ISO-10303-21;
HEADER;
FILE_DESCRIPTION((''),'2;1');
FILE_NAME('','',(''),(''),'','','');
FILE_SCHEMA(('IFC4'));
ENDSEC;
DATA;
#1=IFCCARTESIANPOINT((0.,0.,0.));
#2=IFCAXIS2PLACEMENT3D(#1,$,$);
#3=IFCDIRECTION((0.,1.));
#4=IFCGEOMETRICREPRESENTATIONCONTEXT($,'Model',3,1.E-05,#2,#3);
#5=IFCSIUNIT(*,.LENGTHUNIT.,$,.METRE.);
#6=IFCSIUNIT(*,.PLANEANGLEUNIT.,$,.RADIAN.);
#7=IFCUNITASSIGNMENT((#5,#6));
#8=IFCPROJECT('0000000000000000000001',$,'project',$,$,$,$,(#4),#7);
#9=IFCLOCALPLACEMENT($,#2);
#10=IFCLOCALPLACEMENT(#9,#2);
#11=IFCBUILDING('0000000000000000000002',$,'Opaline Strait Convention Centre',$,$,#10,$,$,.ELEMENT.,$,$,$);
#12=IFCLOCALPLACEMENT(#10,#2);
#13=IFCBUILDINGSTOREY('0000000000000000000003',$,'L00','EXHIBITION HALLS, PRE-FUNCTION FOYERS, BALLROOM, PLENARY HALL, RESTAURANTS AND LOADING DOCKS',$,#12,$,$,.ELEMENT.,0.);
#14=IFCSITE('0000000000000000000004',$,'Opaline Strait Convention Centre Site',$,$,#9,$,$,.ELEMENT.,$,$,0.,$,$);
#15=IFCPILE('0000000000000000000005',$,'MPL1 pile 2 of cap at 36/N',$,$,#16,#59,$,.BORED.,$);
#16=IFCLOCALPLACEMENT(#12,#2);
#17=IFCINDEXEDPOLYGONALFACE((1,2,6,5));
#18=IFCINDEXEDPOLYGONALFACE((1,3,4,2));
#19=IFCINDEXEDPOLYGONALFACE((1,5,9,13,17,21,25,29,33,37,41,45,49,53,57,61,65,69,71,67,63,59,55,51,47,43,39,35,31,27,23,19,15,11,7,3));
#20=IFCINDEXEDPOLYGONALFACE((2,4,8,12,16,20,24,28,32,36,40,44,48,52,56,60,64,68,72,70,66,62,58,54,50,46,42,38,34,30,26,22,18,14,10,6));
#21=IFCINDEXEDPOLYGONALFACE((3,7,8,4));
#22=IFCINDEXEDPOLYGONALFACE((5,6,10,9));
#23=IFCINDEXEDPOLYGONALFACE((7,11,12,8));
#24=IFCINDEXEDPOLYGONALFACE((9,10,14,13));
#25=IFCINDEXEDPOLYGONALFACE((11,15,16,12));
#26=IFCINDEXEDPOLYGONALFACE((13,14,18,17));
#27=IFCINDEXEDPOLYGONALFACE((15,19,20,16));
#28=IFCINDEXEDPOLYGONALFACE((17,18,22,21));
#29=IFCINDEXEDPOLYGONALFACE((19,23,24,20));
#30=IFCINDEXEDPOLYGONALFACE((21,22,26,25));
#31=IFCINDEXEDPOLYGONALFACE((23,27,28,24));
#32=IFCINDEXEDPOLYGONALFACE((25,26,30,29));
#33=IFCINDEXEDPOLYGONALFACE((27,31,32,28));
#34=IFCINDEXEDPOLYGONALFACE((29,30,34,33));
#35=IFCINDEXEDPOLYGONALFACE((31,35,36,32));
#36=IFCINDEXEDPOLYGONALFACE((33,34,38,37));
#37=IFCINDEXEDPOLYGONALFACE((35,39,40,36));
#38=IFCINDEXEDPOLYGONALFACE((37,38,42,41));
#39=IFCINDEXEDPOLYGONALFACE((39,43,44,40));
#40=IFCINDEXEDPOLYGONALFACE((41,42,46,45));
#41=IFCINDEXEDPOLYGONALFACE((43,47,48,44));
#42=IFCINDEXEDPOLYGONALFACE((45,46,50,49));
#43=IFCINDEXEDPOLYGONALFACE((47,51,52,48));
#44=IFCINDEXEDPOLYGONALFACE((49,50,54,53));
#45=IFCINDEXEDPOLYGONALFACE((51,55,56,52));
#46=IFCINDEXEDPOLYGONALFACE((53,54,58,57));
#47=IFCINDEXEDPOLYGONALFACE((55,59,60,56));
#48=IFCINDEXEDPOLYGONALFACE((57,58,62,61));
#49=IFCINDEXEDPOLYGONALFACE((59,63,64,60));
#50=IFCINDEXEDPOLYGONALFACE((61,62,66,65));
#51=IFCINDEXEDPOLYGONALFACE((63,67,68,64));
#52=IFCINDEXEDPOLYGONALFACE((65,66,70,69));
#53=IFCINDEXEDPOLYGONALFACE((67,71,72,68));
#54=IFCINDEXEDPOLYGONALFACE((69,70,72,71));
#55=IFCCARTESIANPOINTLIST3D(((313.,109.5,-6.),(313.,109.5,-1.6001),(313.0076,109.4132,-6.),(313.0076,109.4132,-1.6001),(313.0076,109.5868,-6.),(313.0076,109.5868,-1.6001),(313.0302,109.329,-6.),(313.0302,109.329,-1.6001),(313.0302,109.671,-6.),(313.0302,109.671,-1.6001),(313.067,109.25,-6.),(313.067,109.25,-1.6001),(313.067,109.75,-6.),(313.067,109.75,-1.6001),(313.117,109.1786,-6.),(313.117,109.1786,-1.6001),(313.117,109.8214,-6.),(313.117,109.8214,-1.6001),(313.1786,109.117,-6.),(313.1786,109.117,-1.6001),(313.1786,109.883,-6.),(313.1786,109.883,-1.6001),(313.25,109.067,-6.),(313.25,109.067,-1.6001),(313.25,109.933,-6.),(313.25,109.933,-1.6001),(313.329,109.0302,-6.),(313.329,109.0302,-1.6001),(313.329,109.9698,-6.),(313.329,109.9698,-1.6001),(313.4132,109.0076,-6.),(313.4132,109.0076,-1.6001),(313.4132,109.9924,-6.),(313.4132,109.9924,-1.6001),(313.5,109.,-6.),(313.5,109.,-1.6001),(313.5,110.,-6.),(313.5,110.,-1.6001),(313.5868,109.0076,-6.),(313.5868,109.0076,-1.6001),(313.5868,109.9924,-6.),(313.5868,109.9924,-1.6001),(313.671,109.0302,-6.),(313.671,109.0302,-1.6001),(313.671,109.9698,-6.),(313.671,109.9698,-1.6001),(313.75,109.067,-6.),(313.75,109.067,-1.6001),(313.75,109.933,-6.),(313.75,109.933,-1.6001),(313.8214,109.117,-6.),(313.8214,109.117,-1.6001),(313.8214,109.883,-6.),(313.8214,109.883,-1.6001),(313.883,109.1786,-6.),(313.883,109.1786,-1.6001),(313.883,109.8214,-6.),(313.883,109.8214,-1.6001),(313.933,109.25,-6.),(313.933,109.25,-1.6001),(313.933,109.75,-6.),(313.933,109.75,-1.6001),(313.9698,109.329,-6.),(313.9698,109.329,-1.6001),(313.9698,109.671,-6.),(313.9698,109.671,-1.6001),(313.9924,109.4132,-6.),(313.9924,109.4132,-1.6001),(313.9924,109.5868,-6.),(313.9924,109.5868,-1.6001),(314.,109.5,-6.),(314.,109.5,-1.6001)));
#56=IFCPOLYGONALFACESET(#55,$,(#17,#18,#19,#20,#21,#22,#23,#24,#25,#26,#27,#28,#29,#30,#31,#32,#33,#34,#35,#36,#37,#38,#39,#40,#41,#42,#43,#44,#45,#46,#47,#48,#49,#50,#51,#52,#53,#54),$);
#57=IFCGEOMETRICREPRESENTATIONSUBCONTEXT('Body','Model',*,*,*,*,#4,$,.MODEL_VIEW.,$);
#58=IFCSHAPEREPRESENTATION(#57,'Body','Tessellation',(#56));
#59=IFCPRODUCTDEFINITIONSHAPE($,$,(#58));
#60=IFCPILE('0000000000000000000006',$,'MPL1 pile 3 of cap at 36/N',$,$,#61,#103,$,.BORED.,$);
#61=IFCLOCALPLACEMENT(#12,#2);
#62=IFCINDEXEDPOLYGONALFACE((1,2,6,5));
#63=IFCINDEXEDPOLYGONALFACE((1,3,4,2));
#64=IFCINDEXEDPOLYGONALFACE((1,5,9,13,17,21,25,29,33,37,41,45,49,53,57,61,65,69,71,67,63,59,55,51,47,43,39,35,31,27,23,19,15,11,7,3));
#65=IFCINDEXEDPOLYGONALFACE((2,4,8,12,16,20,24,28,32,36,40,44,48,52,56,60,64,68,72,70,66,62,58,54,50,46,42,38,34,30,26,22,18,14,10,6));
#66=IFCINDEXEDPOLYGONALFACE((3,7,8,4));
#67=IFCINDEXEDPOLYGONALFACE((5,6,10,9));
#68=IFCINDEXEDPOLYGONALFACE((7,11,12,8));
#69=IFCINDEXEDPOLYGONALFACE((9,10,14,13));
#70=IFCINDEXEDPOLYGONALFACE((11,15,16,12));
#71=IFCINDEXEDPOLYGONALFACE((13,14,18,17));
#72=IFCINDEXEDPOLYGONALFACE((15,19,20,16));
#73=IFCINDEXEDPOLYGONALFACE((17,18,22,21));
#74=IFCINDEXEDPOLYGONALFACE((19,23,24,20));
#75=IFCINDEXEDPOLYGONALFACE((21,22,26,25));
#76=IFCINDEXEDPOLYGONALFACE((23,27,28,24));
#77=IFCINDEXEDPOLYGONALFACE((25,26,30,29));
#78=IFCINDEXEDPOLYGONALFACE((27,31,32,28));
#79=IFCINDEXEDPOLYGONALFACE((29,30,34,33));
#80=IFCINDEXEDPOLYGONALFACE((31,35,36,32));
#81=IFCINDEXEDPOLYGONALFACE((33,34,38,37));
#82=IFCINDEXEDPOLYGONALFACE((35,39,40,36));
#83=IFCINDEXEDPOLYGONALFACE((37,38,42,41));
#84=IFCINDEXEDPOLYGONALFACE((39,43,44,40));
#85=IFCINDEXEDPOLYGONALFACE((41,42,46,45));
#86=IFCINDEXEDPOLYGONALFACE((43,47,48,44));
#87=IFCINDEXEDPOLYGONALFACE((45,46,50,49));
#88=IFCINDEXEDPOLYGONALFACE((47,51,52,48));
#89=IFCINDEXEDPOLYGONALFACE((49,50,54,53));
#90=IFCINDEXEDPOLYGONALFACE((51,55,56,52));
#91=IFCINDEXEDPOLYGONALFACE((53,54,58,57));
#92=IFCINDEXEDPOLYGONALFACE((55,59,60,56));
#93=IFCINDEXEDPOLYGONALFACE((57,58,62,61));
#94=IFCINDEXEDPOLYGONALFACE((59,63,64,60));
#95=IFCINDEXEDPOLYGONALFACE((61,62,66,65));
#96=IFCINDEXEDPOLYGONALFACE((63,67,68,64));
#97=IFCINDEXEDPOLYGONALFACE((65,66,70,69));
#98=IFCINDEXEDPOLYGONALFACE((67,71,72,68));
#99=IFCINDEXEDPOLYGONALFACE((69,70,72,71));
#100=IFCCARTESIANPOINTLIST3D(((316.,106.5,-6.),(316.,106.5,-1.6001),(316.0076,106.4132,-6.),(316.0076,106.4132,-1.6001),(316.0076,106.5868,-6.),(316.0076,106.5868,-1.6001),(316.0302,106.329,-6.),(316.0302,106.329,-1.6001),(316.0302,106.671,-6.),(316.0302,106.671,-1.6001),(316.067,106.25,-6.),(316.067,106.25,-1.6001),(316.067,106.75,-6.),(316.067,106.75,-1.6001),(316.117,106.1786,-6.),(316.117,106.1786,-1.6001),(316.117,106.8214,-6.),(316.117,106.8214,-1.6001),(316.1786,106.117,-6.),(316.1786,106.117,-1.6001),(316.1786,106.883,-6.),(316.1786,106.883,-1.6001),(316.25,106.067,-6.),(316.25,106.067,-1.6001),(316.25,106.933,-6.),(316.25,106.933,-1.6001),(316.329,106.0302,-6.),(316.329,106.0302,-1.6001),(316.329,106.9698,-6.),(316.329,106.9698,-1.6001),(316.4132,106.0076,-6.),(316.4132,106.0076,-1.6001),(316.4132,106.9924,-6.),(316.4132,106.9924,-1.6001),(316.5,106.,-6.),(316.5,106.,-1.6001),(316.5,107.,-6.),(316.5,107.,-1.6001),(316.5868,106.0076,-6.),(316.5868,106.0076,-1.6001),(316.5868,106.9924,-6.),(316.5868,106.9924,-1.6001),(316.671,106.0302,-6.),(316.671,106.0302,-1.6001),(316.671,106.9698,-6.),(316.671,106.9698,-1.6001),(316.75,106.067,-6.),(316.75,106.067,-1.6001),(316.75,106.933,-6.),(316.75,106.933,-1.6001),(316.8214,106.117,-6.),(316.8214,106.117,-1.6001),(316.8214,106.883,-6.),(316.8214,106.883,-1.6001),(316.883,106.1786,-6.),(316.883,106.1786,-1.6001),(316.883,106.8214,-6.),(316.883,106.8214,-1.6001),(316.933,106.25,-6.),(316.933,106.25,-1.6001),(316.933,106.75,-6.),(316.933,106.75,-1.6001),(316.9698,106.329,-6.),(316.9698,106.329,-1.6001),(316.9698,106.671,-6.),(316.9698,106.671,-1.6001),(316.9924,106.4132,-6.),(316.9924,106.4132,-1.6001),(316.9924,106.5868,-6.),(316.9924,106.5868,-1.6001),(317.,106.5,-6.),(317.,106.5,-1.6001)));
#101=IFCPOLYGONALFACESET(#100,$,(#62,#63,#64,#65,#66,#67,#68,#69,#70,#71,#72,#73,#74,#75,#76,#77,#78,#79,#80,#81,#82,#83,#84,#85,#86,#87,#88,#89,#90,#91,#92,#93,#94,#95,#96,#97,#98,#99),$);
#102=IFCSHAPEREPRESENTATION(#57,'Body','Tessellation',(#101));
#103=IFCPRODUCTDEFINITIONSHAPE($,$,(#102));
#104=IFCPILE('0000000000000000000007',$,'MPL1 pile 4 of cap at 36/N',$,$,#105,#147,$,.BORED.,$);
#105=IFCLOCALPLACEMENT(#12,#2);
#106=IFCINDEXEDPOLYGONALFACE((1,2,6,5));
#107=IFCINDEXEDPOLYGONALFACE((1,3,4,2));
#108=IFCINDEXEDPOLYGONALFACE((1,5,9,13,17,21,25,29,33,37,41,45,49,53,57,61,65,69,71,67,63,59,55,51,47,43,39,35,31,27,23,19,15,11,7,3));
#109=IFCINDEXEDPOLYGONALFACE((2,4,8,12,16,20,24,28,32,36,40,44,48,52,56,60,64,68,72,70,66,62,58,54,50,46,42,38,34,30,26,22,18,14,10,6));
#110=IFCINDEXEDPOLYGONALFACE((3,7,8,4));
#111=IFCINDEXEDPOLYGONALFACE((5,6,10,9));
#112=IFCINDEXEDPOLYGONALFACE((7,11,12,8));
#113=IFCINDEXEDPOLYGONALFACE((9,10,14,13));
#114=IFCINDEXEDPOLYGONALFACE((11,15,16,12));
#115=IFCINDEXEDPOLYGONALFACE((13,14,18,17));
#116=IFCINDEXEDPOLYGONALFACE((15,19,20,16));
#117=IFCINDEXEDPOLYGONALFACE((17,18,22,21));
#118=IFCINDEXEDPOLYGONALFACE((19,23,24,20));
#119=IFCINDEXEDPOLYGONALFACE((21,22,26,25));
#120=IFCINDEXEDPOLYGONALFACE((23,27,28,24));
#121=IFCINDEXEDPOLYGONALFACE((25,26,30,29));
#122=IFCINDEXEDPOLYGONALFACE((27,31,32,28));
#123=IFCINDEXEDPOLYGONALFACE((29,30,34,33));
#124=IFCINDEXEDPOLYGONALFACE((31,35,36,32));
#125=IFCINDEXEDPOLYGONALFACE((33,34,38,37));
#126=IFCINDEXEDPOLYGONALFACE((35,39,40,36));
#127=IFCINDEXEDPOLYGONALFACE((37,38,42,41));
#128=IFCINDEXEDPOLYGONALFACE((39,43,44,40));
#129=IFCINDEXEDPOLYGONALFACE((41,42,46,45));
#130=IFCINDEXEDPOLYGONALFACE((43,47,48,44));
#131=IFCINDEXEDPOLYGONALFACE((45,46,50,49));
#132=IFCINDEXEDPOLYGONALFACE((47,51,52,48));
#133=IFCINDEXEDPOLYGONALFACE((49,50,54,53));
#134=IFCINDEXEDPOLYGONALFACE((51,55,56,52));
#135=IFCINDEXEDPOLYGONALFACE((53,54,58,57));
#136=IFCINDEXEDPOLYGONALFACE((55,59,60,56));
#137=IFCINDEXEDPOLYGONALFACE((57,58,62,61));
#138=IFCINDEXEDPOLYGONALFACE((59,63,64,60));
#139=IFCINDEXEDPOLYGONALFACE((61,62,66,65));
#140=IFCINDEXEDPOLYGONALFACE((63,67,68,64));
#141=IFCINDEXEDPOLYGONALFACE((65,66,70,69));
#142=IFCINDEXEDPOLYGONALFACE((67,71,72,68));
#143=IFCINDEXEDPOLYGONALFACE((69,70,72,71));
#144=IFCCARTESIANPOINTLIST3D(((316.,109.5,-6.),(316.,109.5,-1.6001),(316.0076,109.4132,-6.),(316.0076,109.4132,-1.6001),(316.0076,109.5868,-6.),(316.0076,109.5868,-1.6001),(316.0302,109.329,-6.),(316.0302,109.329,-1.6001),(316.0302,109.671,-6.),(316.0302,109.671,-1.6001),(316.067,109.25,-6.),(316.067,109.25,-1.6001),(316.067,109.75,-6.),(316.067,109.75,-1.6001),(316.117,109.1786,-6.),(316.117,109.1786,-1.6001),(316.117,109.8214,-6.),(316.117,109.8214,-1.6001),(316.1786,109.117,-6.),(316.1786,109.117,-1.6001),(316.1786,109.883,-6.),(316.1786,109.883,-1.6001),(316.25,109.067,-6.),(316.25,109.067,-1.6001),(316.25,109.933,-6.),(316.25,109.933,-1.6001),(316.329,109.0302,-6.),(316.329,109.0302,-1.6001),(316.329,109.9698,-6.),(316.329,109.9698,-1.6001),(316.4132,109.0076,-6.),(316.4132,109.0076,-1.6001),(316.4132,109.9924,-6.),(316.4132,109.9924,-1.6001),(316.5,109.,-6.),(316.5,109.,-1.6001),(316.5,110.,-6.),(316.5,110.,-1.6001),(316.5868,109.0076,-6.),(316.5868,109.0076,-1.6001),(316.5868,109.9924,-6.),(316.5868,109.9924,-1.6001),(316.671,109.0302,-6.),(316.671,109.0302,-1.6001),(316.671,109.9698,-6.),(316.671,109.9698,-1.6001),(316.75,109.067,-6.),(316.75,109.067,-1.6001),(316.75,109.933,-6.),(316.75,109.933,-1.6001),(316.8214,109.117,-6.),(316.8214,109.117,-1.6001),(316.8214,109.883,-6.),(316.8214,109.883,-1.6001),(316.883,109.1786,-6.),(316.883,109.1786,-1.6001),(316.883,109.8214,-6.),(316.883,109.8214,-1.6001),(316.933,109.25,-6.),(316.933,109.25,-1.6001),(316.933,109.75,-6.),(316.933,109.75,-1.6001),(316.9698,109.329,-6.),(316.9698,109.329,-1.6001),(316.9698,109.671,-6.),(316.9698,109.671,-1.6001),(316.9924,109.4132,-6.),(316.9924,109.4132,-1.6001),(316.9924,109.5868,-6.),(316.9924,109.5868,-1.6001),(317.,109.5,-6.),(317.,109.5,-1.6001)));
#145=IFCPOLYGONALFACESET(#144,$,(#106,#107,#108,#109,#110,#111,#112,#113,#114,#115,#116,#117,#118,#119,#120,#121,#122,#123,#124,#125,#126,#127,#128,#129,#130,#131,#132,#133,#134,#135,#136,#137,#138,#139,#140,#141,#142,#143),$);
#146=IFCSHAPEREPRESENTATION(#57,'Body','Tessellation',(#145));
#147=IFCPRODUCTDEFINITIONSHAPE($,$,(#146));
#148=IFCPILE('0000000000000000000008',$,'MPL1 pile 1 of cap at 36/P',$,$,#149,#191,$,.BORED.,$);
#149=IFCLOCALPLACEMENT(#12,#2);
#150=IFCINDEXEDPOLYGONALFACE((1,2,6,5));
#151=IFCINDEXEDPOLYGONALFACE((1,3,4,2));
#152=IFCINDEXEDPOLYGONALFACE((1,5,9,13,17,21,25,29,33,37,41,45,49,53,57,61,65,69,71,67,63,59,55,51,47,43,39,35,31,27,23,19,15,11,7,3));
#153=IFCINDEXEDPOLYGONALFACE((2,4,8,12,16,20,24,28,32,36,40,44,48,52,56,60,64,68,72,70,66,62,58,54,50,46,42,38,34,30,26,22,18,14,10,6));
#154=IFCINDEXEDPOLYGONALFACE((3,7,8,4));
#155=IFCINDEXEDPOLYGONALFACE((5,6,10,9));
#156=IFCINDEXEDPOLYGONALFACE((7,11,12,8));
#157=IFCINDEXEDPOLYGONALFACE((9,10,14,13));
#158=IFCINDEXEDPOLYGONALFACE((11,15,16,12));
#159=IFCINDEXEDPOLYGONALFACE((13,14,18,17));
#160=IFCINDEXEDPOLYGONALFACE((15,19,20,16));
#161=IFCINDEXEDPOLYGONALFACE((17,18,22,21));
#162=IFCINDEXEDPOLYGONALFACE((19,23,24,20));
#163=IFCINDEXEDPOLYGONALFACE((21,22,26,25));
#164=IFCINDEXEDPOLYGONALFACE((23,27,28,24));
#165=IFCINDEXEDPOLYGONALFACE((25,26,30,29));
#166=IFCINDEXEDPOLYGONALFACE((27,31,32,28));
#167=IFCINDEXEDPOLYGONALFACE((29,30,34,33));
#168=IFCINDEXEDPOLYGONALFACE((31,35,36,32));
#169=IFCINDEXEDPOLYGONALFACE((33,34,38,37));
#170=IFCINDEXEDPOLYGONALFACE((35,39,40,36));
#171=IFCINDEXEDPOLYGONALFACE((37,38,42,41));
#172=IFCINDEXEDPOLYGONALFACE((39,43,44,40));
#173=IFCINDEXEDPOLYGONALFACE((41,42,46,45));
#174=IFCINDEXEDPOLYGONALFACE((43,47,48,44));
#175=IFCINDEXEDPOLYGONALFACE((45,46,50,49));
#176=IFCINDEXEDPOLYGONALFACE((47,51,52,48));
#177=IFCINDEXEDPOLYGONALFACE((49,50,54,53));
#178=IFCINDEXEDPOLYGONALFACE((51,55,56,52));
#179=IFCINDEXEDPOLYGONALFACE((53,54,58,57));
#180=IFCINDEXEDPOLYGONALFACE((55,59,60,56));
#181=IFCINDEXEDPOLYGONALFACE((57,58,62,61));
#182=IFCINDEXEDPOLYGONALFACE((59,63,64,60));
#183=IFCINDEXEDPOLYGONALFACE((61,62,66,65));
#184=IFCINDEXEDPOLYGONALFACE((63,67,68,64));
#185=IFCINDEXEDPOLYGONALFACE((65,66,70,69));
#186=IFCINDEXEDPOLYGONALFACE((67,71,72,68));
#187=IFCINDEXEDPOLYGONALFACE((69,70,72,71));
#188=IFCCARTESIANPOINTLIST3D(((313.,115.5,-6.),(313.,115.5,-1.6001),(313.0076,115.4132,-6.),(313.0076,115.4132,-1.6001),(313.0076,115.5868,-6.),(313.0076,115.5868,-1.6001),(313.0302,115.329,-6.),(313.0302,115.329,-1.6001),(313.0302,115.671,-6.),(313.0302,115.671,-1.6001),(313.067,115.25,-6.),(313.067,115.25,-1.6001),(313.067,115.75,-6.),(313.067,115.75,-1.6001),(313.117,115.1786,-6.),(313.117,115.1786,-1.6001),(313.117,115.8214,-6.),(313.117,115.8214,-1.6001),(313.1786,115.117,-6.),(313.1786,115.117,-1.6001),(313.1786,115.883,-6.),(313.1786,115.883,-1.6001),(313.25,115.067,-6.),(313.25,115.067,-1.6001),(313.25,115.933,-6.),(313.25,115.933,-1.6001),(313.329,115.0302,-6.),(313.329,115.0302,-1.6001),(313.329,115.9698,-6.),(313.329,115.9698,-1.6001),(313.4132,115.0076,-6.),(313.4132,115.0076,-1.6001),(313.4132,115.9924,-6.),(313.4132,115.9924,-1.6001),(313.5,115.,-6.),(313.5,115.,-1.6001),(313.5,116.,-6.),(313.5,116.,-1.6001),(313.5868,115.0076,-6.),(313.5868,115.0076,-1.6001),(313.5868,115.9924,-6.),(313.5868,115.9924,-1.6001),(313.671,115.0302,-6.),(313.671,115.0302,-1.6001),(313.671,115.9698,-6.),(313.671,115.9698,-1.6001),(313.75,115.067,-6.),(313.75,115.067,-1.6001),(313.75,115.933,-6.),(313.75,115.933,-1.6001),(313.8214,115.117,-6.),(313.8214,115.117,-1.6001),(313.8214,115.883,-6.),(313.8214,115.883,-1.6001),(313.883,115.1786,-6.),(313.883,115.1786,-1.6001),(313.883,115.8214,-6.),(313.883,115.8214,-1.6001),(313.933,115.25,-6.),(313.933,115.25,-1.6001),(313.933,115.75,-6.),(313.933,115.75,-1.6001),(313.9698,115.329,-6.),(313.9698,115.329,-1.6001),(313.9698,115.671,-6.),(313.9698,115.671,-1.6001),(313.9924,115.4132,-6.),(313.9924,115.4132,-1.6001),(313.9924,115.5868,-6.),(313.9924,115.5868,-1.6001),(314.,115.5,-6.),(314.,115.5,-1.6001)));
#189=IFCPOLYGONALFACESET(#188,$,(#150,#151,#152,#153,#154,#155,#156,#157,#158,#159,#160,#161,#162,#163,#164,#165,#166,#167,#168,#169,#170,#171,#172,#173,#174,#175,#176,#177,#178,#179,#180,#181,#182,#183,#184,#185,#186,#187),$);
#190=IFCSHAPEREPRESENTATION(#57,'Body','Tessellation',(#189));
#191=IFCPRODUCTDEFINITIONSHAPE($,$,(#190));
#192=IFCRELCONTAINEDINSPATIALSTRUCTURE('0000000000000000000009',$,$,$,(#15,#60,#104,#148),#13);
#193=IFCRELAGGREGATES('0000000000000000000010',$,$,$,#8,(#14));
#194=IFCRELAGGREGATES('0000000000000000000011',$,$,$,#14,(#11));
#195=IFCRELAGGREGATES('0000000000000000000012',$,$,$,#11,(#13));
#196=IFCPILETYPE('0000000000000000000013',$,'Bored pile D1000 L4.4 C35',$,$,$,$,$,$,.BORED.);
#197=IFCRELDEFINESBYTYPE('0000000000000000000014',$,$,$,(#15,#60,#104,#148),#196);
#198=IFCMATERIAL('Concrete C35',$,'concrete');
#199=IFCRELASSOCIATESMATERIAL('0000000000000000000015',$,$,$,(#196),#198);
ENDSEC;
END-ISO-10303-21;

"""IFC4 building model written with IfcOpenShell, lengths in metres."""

from ifc_helpers import new_model, si_unit, direction, frame, origin, origin_2d, place, context, subcontext, project, spatial, circle, extrude, material, material_profile, profile_set, type_object, element, save


model = new_model("IFC4")

# Units and contexts
model_context = context("Model", 3, precision=1e-05, world=origin(), true_north=direction((0.0, 1.0)))
body_context = subcontext(model_context, "Body", "Model", "MODEL_VIEW")
ifc_project = project(units=[si_unit("LENGTHUNIT", "METRE"), si_unit("PLANEANGLEUNIT", "RADIAN")], contexts=[model_context])

# Site, building, storey
site_placement = place(None, origin())
site = spatial("IfcSite", under=ifc_project, at=site_placement, Name="Opaline Strait Convention Centre Site", CompositionType="ELEMENT", RefElevation=0.0)
building_placement = place(site_placement, origin())
building = spatial("IfcBuilding", under=site, at=building_placement, Name="Opaline Strait Convention Centre", CompositionType="ELEMENT")
storey_placement = place(building_placement, origin())
storey = spatial("IfcBuildingStorey", under=building, at=storey_placement, Name="L00", Description="EXHIBITION HALLS, PRE-FUNCTION FOYERS, BALLROOM, PLENARY HALL, RESTAURANTS AND LOADING DOCKS", CompositionType="ELEMENT", Elevation=0.0)

# Piles
ifc_material_1 = material(Name="Concrete C35", Category="concrete")
ifc_material_profile_1 = material_profile(ifc_material_1, circle(Radius=0.5, at=origin_2d()), Name="D1000")
ifc_profile_set_1 = profile_set([ifc_material_profile_1], Name="Concrete C35")
pile_type = type_object("IfcPileType", Name="Bored pile D1000 L4.4 C35", PredefinedType="BORED", material=ifc_profile_set_1)
for number, where, z_axis, x_axis, name in (
    (1, (313.5, 109.5, -1.6001), (0.0, 0.0, -1.0), (1.0, 0.0, 0.0), "MPL1 pile 2 of cap at 36/N"),
    (2, (316.5, 106.5, -1.6001), (0.0, 0.0, -1.0), (1.0, 0.0, 0.0), "MPL1 pile 3 of cap at 36/N"),
    (3, (316.5, 109.5, -1.6001), (0.0, 0.0, -1.0), (1.0, 0.0, 0.0), "MPL1 pile 4 of cap at 36/N"),
    (4, (313.5, 115.5, -1.6001), (0.0, 0.0, -1.0), (1.0, 0.0, 0.0), "MPL1 pile 1 of cap at 36/P"),
):
    element("IfcPile", number, at=place(storey_placement, frame(where, z_axis=z_axis, x_axis=x_axis)), inside=storey, type_object=pile_type, Name=name, PredefinedType="BORED", context=body_context, shape_type="SweptSolid", body=[
        extrude(circle(Radius=0.5, at=origin_2d()), origin(), (0.0, 0.0, 1.0), 4.3999),
    ])

save(model, "model.ifc")
